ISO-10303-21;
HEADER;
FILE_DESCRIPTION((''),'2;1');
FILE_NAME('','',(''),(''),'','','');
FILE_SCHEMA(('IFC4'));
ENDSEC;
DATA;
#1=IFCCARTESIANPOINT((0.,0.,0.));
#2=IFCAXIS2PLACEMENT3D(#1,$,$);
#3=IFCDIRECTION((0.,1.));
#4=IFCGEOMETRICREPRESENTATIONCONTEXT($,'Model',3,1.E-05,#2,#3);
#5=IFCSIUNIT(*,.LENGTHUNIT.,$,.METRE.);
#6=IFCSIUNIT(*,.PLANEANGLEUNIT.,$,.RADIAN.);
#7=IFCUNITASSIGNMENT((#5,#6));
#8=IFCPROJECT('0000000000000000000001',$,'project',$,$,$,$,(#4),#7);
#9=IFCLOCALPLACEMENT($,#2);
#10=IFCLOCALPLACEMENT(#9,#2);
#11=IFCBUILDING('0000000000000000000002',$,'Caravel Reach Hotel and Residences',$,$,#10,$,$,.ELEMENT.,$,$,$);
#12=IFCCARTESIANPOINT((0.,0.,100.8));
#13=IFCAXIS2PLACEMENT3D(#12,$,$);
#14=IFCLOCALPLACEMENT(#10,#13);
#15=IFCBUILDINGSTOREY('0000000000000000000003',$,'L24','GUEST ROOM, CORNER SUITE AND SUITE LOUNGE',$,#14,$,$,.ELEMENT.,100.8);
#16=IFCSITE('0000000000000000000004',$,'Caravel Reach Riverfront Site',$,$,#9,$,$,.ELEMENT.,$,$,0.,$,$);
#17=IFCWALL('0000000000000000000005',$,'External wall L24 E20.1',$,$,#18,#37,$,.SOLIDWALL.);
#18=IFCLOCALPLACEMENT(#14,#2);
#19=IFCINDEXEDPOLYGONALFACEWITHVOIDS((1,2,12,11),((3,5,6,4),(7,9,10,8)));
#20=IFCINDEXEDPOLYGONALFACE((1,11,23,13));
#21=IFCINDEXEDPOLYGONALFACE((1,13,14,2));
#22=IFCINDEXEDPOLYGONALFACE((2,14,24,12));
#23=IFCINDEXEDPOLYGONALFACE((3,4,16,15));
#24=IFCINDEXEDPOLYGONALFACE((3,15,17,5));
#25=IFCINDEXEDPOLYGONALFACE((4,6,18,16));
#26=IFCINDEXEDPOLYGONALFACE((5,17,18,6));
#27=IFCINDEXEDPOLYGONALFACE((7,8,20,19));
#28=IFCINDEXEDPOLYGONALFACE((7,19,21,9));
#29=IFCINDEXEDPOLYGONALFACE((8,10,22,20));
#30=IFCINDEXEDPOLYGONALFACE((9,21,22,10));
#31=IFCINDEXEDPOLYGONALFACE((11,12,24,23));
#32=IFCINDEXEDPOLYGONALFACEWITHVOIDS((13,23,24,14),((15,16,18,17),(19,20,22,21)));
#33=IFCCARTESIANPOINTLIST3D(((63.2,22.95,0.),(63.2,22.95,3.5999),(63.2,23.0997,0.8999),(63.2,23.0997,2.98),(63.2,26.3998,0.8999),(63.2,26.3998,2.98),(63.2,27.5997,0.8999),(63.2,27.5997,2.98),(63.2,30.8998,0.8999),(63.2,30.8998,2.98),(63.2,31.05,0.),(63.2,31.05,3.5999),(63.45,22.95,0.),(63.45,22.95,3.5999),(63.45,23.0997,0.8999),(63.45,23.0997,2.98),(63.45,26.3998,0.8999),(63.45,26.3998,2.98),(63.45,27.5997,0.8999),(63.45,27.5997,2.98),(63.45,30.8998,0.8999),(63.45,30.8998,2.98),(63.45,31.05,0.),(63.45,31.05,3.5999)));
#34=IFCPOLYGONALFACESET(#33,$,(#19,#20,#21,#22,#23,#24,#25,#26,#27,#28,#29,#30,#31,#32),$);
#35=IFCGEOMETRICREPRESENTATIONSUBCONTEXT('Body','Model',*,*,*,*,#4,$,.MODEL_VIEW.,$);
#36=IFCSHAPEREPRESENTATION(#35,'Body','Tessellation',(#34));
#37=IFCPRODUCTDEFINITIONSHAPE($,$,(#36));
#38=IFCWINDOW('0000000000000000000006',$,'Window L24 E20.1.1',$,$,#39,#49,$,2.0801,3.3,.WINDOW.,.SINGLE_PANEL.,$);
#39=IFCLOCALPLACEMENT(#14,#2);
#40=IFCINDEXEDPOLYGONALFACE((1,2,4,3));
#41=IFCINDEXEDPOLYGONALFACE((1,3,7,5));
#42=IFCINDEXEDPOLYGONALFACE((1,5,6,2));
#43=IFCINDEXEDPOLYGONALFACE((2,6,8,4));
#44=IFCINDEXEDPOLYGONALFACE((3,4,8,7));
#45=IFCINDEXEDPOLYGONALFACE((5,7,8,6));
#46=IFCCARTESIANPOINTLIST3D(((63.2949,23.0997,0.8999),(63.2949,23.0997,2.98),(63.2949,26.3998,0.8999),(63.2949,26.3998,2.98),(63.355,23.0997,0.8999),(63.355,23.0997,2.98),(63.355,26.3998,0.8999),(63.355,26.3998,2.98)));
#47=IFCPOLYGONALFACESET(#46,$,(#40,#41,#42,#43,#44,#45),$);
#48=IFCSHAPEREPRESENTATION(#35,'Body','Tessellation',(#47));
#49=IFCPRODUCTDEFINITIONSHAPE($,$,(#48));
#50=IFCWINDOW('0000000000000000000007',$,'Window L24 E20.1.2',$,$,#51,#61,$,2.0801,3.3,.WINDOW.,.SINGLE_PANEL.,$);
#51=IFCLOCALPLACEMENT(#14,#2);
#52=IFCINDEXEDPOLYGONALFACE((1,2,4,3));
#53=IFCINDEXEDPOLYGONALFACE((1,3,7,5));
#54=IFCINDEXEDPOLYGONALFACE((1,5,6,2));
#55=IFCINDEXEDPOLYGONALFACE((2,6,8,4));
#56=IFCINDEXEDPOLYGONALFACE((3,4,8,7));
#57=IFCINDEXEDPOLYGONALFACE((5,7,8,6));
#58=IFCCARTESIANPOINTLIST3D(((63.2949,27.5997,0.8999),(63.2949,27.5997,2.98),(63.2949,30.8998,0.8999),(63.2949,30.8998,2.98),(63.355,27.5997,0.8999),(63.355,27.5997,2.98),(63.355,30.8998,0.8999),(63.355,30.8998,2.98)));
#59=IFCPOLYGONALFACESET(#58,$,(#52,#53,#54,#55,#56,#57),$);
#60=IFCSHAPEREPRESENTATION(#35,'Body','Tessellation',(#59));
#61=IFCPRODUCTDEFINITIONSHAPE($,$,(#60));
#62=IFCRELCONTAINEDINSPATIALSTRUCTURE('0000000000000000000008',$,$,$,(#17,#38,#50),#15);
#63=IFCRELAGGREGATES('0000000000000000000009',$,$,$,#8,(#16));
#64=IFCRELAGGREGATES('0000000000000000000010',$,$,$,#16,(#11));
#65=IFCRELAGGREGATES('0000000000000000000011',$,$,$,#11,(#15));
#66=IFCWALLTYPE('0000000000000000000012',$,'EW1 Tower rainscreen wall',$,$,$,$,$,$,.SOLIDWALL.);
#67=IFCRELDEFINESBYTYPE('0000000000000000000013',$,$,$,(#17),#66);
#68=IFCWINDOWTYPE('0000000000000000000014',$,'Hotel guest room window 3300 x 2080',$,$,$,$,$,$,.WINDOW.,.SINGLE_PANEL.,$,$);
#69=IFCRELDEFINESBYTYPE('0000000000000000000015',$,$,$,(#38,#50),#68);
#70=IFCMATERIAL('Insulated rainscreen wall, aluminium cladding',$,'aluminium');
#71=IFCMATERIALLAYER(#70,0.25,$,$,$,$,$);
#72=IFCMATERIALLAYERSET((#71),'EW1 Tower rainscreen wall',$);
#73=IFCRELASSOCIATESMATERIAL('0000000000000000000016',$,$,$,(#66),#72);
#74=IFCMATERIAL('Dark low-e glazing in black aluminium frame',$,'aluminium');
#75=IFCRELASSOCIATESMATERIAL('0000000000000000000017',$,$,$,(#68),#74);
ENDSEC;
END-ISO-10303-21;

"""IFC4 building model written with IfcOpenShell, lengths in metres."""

from ifc_helpers import new_model, si_unit, direction, frame, frame_2d, origin, place, context, subcontext, project, spatial, rectangle, extrude, material, layer, layer_set, type_object, element, fill, save


model = new_model("IFC4")

# Units and contexts
model_context = context("Model", 3, precision=1e-05, world=origin(), true_north=direction((0.0, 1.0)))
body_context = subcontext(model_context, "Body", "Model", "MODEL_VIEW")
ifc_project = project(units=[si_unit("LENGTHUNIT", "METRE"), si_unit("PLANEANGLEUNIT", "RADIAN")], contexts=[model_context])

# Site, building, storey
site_placement = place(None, origin())
site = spatial("IfcSite", under=ifc_project, at=site_placement, Name="Caravel Reach Riverfront Site", CompositionType="ELEMENT", RefElevation=0.0)
building_placement = place(site_placement, origin())
building = spatial("IfcBuilding", under=site, at=building_placement, Name="Caravel Reach Hotel and Residences", CompositionType="ELEMENT")
storey_placement = place(building_placement, frame((0.0, 0.0, 100.8)))
storey = spatial("IfcBuildingStorey", under=building, at=storey_placement, Name="L24", Description="GUEST ROOM, CORNER SUITE AND SUITE LOUNGE", CompositionType="ELEMENT", Elevation=100.8)

# Shared definitions
ifc_material_1 = material(Name="Insulated rainscreen wall, aluminium cladding", Category="aluminium")
ifc_layer = layer(ifc_material_1, 0.25)
ifc_layer_set = layer_set([ifc_layer], Name="EW1 Tower rainscreen wall")
wall_type = type_object("IfcWallType", Name="EW1 Tower rainscreen wall", PredefinedType="SOLIDWALL", material=ifc_layer_set)

# Wall, openings, windows
wall_1_placement = place(storey_placement, frame((63.325, 22.95, 0.0), z_axis=(0.0, 0.0, 1.0), x_axis=(0.0, 1.0, 0.0)))
wall_1 = element("IfcWall", 1, at=wall_1_placement, inside=storey, type_object=wall_type, Name="External wall L24 E20.1", PredefinedType="SOLIDWALL", context=body_context, shape_type="SweptSolid", body=[
    extrude(rectangle(XDim=8.1001, YDim=0.25, at=frame_2d((4.05, 0.0))), origin(), (0.0, 0.0, 1.0), 3.5999),
])
opening_1_placement = place(wall_1_placement, frame((0.1499, 0.0, 0.8999)))
opening_1 = element("IfcOpeningElement", 2, at=opening_1_placement, cuts=wall_1, PredefinedType="OPENING", context=body_context, shape_type="SweptSolid", body=[
    extrude(rectangle(XDim=3.3, YDim=2.0801, at=frame_2d((1.6499, 1.04))), frame((0.0, 0.135, 0.0), z_axis=(0.0, -1.0, 0.0), x_axis=(1.0, 0.0, 0.0)), (0.0, 0.0, 1.0), 0.27),
])
opening_2_placement = place(wall_1_placement, frame((4.6499, 0.0, 0.8999)))
opening_2 = element("IfcOpeningElement", 3, at=opening_2_placement, cuts=wall_1, PredefinedType="OPENING", context=body_context, shape_type="SweptSolid", body=[
    extrude(rectangle(XDim=3.3, YDim=2.0801, at=frame_2d((1.6499, 1.04))), frame((0.0, 0.135, 0.0), z_axis=(0.0, -1.0, 0.0), x_axis=(1.0, 0.0, 0.0)), (0.0, 0.0, 1.0), 0.27),
])
ifc_material_2 = material(Name="Dark low-e glazing in black aluminium frame", Category="aluminium")
window_type_1 = type_object("IfcWindowType", Name="Hotel guest room window 3300 x 2080", PartitioningType="SINGLE_PANEL", PredefinedType="WINDOW", material=ifc_material_2)
window_1_placement = place(opening_1_placement, origin())
window_1 = element("IfcWindow", 4, at=window_1_placement, inside=storey, type_object=window_type_1, Name="Window L24 E20.1.1", OverallHeight=2.0801, OverallWidth=3.3, PartitioningType="SINGLE_PANEL", PredefinedType="WINDOW", context=body_context, shape_type="SweptSolid", body=[
    extrude(rectangle(XDim=3.3, YDim=2.0801, at=frame_2d((1.6499, 1.04))), frame((0.0, 0.03, 0.0), z_axis=(0.0, -1.0, 0.0), x_axis=(1.0, 0.0, 0.0)), (0.0, 0.0, 1.0), 0.0601),
])
fill(opening_1, window_1)
window_2_placement = place(opening_2_placement, origin())
window_2 = element("IfcWindow", 5, at=window_2_placement, inside=storey, type_object=window_type_1, Name="Window L24 E20.1.2", OverallHeight=2.0801, OverallWidth=3.3, PartitioningType="SINGLE_PANEL", PredefinedType="WINDOW", context=body_context, shape_type="SweptSolid", body=[
    extrude(rectangle(XDim=3.3, YDim=2.0801, at=frame_2d((1.6499, 1.04))), frame((0.0, 0.03, 0.0), z_axis=(0.0, -1.0, 0.0), x_axis=(1.0, 0.0, 0.0)), (0.0, 0.0, 1.0), 0.0601),
])
fill(opening_2, window_2)

save(model, "model.ifc")
